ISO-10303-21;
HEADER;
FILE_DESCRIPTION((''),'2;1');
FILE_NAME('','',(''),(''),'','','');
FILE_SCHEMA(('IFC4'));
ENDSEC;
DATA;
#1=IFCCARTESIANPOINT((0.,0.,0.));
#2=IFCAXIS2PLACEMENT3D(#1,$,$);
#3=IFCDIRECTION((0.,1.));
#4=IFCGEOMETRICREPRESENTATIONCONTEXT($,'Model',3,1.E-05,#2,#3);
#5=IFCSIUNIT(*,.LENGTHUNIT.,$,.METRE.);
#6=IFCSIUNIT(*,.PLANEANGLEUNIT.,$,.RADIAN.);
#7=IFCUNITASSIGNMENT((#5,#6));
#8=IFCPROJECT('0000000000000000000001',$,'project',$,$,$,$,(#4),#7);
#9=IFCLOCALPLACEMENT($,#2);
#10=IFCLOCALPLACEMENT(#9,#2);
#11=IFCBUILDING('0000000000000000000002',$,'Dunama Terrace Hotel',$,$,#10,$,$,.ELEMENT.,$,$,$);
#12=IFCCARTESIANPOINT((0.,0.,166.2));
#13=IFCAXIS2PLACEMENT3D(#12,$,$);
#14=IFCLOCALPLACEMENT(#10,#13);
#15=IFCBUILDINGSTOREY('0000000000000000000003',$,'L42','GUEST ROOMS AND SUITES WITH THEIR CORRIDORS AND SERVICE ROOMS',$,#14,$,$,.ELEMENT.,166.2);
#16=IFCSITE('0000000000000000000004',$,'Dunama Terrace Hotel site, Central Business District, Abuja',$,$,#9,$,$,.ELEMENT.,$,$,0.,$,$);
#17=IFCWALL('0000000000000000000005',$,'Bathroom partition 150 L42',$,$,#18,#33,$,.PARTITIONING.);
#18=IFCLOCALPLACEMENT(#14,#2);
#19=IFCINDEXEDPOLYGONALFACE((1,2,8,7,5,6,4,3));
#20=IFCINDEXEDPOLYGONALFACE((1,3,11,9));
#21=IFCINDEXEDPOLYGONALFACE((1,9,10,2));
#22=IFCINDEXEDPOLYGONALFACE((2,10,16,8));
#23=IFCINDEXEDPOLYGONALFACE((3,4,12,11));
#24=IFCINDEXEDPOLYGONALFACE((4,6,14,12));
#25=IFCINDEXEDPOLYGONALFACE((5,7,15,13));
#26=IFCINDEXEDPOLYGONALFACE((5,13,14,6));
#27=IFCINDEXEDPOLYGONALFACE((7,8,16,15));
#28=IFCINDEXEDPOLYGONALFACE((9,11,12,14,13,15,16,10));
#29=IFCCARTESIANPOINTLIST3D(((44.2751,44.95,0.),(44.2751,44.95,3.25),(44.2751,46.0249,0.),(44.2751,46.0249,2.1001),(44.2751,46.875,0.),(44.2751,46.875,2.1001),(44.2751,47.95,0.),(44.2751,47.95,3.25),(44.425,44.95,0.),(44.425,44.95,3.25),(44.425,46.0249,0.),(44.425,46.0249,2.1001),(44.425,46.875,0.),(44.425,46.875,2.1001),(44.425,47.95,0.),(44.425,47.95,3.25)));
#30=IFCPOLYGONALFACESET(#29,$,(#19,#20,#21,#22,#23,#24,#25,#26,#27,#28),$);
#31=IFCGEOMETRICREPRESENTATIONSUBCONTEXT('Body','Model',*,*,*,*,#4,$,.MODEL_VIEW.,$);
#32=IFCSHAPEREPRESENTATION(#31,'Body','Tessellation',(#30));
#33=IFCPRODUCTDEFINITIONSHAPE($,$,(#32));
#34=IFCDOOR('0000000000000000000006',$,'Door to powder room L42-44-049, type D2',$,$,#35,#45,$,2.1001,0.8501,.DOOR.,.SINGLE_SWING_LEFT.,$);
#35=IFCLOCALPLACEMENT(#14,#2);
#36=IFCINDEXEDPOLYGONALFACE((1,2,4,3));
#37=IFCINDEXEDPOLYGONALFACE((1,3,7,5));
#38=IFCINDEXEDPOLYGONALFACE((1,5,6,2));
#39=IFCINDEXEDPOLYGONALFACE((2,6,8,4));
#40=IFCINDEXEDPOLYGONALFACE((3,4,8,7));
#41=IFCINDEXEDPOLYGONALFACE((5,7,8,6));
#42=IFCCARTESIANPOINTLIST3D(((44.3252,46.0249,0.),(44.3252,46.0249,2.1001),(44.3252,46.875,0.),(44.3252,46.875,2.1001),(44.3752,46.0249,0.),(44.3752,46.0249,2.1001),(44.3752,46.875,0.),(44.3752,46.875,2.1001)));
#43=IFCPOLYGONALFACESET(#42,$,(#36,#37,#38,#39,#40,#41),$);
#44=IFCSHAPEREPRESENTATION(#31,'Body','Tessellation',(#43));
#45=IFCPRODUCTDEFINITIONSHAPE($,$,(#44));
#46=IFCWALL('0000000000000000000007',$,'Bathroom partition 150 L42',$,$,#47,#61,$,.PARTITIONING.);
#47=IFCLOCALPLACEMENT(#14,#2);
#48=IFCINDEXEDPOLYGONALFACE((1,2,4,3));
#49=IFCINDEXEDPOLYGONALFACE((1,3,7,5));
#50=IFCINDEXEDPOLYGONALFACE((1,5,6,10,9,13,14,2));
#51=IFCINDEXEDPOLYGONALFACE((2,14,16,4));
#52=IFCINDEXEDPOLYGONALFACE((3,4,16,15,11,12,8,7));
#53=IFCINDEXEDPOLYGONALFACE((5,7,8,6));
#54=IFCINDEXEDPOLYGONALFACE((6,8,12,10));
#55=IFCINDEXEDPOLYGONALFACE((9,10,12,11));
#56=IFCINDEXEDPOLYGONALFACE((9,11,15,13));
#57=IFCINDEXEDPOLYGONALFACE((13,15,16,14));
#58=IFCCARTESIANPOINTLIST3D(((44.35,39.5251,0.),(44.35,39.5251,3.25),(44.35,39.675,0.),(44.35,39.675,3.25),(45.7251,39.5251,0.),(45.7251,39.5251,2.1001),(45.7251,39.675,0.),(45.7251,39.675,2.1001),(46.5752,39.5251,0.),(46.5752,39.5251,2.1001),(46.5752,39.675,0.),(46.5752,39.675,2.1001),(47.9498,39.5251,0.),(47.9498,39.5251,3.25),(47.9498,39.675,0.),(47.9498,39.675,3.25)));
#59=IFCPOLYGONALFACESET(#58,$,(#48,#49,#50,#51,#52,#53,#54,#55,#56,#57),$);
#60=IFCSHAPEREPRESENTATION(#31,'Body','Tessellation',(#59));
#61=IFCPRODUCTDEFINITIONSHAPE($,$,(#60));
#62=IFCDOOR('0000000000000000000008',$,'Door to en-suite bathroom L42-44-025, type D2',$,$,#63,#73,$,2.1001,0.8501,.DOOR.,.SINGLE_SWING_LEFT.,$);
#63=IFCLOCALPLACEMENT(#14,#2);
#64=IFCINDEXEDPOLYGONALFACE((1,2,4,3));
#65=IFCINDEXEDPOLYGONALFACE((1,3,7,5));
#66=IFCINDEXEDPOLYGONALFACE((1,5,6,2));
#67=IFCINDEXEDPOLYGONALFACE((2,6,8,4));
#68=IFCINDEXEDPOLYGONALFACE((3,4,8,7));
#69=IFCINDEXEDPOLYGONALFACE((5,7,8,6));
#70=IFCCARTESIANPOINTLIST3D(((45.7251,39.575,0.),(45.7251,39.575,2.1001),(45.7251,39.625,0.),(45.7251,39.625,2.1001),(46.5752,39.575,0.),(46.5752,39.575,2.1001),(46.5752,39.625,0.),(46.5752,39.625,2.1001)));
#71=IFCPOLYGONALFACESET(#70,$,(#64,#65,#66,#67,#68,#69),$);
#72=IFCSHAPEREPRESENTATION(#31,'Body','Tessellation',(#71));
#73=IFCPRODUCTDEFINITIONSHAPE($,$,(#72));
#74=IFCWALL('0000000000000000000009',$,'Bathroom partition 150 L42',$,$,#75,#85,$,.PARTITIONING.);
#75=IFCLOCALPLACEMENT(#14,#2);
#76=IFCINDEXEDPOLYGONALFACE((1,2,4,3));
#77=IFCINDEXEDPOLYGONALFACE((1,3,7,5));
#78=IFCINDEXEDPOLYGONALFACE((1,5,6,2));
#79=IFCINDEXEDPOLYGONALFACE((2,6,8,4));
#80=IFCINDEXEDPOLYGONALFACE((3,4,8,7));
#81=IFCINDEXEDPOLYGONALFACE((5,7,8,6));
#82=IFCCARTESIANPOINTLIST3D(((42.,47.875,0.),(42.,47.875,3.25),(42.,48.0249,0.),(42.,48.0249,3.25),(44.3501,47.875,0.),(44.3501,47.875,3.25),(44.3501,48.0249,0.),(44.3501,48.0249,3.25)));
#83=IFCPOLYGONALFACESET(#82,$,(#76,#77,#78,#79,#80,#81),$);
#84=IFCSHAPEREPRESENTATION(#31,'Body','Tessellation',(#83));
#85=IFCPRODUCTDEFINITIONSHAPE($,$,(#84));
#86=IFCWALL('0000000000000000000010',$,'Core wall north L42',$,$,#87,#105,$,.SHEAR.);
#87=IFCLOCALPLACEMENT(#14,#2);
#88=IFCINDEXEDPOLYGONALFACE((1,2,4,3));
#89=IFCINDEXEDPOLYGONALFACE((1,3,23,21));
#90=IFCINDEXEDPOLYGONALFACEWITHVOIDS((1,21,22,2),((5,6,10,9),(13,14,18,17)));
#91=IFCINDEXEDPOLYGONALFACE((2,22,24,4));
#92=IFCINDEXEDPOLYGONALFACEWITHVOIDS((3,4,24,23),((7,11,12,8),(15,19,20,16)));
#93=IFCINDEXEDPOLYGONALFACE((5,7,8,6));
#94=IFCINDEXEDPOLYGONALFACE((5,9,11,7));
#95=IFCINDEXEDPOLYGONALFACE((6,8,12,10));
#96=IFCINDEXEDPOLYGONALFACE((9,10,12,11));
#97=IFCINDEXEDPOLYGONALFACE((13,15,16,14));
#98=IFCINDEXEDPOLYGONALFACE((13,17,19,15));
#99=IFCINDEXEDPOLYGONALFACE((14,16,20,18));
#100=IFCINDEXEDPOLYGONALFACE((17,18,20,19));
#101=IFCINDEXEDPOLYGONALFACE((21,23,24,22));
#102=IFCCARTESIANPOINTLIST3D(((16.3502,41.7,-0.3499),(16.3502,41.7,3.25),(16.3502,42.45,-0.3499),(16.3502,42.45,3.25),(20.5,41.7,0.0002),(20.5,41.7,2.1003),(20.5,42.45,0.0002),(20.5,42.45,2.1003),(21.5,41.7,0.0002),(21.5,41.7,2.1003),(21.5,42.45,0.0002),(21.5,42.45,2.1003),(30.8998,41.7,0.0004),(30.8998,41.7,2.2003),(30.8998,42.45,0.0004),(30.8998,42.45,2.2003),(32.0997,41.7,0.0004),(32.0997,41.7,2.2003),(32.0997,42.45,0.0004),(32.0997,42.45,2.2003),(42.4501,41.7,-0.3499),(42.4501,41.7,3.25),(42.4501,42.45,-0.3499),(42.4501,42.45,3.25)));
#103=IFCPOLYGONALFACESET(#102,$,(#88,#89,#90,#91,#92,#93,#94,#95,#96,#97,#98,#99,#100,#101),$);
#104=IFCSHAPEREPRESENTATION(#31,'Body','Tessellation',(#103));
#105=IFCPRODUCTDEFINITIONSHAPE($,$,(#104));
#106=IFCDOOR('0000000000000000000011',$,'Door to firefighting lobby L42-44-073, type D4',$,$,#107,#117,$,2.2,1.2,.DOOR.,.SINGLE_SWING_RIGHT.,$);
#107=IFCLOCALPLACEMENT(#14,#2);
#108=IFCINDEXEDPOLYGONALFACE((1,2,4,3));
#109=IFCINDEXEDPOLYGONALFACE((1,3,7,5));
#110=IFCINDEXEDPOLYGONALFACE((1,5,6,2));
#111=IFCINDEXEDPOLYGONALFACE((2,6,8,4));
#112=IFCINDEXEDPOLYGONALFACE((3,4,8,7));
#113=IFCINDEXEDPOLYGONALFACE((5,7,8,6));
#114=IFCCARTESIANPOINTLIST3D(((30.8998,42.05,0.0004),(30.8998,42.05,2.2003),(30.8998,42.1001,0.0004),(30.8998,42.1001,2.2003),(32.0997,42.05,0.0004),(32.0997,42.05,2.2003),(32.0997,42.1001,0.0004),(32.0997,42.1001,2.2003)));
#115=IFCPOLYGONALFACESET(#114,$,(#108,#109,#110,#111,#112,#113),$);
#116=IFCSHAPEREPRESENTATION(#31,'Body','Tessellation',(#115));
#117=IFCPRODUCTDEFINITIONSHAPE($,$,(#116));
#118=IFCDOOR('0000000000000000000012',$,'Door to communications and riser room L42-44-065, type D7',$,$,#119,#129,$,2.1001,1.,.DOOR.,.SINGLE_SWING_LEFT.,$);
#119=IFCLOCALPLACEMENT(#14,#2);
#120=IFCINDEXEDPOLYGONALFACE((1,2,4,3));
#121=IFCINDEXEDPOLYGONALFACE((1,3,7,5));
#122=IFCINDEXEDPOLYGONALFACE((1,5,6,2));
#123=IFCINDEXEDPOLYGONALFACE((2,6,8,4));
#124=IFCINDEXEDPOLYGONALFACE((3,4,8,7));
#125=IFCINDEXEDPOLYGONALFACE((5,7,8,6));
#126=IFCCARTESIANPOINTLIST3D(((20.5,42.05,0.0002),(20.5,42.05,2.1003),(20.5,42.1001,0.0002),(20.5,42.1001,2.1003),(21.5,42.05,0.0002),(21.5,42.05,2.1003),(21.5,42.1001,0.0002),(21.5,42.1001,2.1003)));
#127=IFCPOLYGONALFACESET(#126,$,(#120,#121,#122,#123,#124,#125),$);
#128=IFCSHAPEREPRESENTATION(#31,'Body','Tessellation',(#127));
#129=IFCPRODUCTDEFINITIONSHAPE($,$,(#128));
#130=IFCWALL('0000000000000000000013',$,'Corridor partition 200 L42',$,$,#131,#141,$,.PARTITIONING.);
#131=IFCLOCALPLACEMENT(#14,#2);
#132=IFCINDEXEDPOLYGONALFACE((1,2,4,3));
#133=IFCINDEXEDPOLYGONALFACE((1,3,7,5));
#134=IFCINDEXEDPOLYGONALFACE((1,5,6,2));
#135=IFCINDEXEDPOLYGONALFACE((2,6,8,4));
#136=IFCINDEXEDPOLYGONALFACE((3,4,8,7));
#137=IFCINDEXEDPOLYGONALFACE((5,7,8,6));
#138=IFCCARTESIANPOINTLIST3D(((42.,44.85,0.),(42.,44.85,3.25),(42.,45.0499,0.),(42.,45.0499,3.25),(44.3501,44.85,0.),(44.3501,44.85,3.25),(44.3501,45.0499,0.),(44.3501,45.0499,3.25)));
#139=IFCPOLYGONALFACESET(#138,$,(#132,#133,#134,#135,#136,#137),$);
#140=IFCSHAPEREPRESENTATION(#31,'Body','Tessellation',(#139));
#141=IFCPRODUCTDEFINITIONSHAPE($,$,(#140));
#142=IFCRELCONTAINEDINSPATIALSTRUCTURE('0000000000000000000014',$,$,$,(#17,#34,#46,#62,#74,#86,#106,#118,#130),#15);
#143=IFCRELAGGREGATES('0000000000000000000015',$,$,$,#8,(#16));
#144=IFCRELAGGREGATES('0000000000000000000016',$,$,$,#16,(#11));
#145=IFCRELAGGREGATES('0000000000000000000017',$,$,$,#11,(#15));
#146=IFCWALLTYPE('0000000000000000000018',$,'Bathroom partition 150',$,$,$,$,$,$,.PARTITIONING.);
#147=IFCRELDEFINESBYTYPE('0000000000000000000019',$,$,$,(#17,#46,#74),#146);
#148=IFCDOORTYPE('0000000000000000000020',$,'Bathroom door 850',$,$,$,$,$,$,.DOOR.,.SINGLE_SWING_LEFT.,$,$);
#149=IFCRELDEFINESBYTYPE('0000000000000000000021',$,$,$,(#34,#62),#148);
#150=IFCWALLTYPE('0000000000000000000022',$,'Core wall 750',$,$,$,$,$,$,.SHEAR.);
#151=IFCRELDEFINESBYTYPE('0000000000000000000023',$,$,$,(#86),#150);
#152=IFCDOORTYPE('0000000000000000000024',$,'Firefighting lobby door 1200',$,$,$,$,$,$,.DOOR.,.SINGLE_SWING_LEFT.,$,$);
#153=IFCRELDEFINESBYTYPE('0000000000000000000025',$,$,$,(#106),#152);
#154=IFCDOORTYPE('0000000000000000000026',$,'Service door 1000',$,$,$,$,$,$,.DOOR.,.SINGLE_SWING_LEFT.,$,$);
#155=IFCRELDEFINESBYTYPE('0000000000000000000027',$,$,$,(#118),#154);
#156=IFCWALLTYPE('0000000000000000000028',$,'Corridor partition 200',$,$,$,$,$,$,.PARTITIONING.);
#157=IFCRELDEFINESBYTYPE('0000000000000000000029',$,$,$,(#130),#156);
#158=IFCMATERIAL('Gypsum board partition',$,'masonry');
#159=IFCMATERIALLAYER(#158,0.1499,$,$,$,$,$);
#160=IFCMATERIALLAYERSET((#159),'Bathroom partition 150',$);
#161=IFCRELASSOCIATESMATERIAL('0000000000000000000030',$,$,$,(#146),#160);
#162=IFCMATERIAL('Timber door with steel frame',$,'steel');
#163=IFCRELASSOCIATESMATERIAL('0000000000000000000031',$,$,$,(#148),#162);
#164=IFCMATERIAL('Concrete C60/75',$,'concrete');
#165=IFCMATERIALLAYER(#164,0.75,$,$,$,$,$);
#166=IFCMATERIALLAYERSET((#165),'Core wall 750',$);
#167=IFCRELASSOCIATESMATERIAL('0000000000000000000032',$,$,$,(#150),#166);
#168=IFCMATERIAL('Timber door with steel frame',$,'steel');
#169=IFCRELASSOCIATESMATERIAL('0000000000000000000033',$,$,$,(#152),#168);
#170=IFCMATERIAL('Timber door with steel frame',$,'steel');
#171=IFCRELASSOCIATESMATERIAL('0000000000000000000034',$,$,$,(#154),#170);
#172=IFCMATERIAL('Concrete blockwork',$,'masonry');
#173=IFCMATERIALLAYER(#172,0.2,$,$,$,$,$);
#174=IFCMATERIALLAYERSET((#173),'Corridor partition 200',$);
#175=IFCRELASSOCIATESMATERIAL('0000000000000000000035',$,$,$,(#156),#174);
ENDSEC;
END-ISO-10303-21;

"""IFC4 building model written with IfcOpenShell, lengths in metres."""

from ifc_helpers import new_model, si_unit, direction, frame, frame_2d, origin, place, context, subcontext, project, spatial, rectangle, extrude, material, layer, layer_set, type_object, element, fill, save


model = new_model("IFC4")

# Units and contexts
model_context = context("Model", 3, precision=1e-05, world=origin(), true_north=direction((0.0, 1.0)))
body_context = subcontext(model_context, "Body", "Model", "MODEL_VIEW")
ifc_project = project(units=[si_unit("LENGTHUNIT", "METRE"), si_unit("PLANEANGLEUNIT", "RADIAN")], contexts=[model_context])

# Site, building, storey
site_placement = place(None, origin())
site = spatial("IfcSite", under=ifc_project, at=site_placement, Name="Dunama Terrace Hotel site, Central Business District, Abuja", CompositionType="ELEMENT", RefElevation=0.0)
building_placement = place(site_placement, origin())
building = spatial("IfcBuilding", under=site, at=building_placement, Name="Dunama Terrace Hotel", CompositionType="ELEMENT")
storey_placement = place(building_placement, frame((0.0, 0.0, 166.2)))
storey = spatial("IfcBuildingStorey", under=building, at=storey_placement, Name="L42", Description="GUEST ROOMS AND SUITES WITH THEIR CORRIDORS AND SERVICE ROOMS", CompositionType="ELEMENT", Elevation=166.2)

# Walls, openings, doors
ifc_material_1 = material(Name="Gypsum board partition", Category="masonry")
ifc_layer_1 = layer(ifc_material_1, 0.1499)
ifc_layer_set_1 = layer_set([ifc_layer_1], Name="Bathroom partition 150")
wall_type_1 = type_object("IfcWallType", Name="Bathroom partition 150", PredefinedType="PARTITIONING", material=ifc_layer_set_1)
wall_1_placement = place(storey_placement, frame((44.3501, 44.95, 0.0), z_axis=(0.0, 0.0, 1.0), x_axis=(0.0, 1.0, 0.0)))
wall_1 = element("IfcWall", 1, at=wall_1_placement, inside=storey, type_object=wall_type_1, Name="Bathroom partition 150 L42", PredefinedType="PARTITIONING", context=body_context, shape_type="SweptSolid", body=[
    extrude(rectangle(XDim=3.0, YDim=0.1499, at=frame_2d((1.5, 0.0))), origin(), (0.0, 0.0, 1.0), 3.25),
])
opening_1_placement = place(wall_1_placement, frame((1.075, 0.0, 0.0)))
opening_1 = element("IfcOpeningElement", 2, at=opening_1_placement, cuts=wall_1, PredefinedType="OPENING", context=body_context, shape_type="SweptSolid", body=[
    extrude(rectangle(XDim=0.8501, YDim=2.1001, at=frame_2d((0.425, 1.05))), frame((0.0, 0.085, 0.0), z_axis=(0.0, -1.0, 0.0), x_axis=(1.0, 0.0, 0.0)), (0.0, 0.0, 1.0), 0.1699),
])
ifc_material_2 = material(Name="Timber door with steel frame", Category="steel")
door_type_1 = type_object("IfcDoorType", Name="Bathroom door 850", OperationType="SINGLE_SWING_LEFT", PredefinedType="DOOR", material=ifc_material_2)
door_1_placement = place(opening_1_placement, origin())
door_1 = element("IfcDoor", 3, at=door_1_placement, inside=storey, type_object=door_type_1, Name="Door to powder room L42-44-049, type D2", OperationType="SINGLE_SWING_LEFT", OverallHeight=2.1001, OverallWidth=0.8501, PredefinedType="DOOR", context=body_context, shape_type="SweptSolid", body=[
    extrude(rectangle(XDim=0.8501, YDim=2.1001, at=frame_2d((0.425, 1.05))), frame((0.0, 0.0249, 0.0), z_axis=(0.0, -1.0, 0.0), x_axis=(1.0, 0.0, 0.0)), (0.0, 0.0, 1.0), 0.05),
])
fill(opening_1, door_1)
wall_2_placement = place(storey_placement, frame((44.3501, 39.6001, 0.0), z_axis=(0.0, 0.0, 1.0), x_axis=(1.0, 0.0, 0.0)))
wall_2 = element("IfcWall", 4, at=wall_2_placement, inside=storey, type_object=wall_type_1, Name="Bathroom partition 150 L42", PredefinedType="PARTITIONING", context=body_context, shape_type="SweptSolid", body=[
    extrude(rectangle(XDim=3.5999, YDim=0.1499, at=frame_2d((1.7998, 0.0))), origin(), (0.0, 0.0, 1.0), 3.25),
])
opening_2_placement = place(wall_2_placement, frame((1.375, 0.0, 0.0)))
opening_2 = element("IfcOpeningElement", 5, at=opening_2_placement, cuts=wall_2, PredefinedType="OPENING", context=body_context, shape_type="SweptSolid", body=[
    extrude(rectangle(XDim=0.8501, YDim=2.1001, at=frame_2d((0.425, 1.05))), frame((0.0, 0.085, 0.0), z_axis=(0.0, -1.0, 0.0), x_axis=(1.0, 0.0, 0.0)), (0.0, 0.0, 1.0), 0.1699),
])
door_2_placement = place(opening_2_placement, origin())
door_2 = element("IfcDoor", 6, at=door_2_placement, inside=storey, type_object=door_type_1, Name="Door to en-suite bathroom L42-44-025, type D2", OperationType="SINGLE_SWING_LEFT", OverallHeight=2.1001, OverallWidth=0.8501, PredefinedType="DOOR", context=body_context, shape_type="SweptSolid", body=[
    extrude(rectangle(XDim=0.8501, YDim=2.1001, at=frame_2d((0.425, 1.05))), frame((0.0, 0.0249, 0.0), z_axis=(0.0, -1.0, 0.0), x_axis=(1.0, 0.0, 0.0)), (0.0, 0.0, 1.0), 0.05),
])
fill(opening_2, door_2)

# Wall
wall_3_placement = place(storey_placement, frame((42.0, 47.95, 0.0), z_axis=(0.0, 0.0, 1.0), x_axis=(1.0, 0.0, 0.0)))
element("IfcWall", 7, at=wall_3_placement, inside=storey, type_object=wall_type_1, Name="Bathroom partition 150 L42", PredefinedType="PARTITIONING", context=body_context, shape_type="SweptSolid", body=[
    extrude(rectangle(XDim=2.3501, YDim=0.1499, at=frame_2d((1.175, 0.0))), origin(), (0.0, 0.0, 1.0), 3.25),
])

# Wall, openings, doors
ifc_material_3 = material(Name="Concrete C60/75", Category="concrete")
ifc_layer_2 = layer(ifc_material_3, 0.75)
ifc_layer_set_2 = layer_set([ifc_layer_2], Name="Core wall 750")
wall_type_2 = type_object("IfcWallType", Name="Core wall 750", PredefinedType="SHEAR", material=ifc_layer_set_2)
wall_4_placement = place(storey_placement, frame((42.45, 42.075, -0.3499), z_axis=(0.0, 0.0, 1.0), x_axis=(-1.0, 0.0, 0.0)))
wall_4 = element("IfcWall", 8, at=wall_4_placement, inside=storey, type_object=wall_type_2, Name="Core wall north L42", PredefinedType="SHEAR", context=body_context, shape_type="SweptSolid", body=[
    extrude(rectangle(XDim=26.0999, YDim=0.75, at=frame_2d((13.0498, 0.0))), origin(), (0.0, 0.0, 1.0), 3.5999),
])
opening_3_placement = place(wall_4_placement, frame((20.95, 0.0, 0.3501)))
opening_3 = element("IfcOpeningElement", 9, at=opening_3_placement, cuts=wall_4, PredefinedType="OPENING", context=body_context, shape_type="SweptSolid", body=[
    extrude(rectangle(XDim=1.0, YDim=2.1001, at=frame_2d((0.5, 1.05))), frame((0.0, 0.385, 0.0), z_axis=(0.0, -1.0, 0.0), x_axis=(1.0, 0.0, 0.0)), (0.0, 0.0, 1.0), 0.77),
])
opening_4_placement = place(wall_4_placement, frame((10.3501, 0.0, 0.3501)))
opening_4 = element("IfcOpeningElement", 10, at=opening_4_placement, cuts=wall_4, PredefinedType="OPENING", context=body_context, shape_type="SweptSolid", body=[
    extrude(rectangle(XDim=1.2, YDim=2.2, at=frame_2d((0.6001, 1.1001))), frame((0.0, 0.385, 0.0), z_axis=(0.0, -1.0, 0.0), x_axis=(1.0, 0.0, 0.0)), (0.0, 0.0, 1.0), 0.77),
])
ifc_material_4 = material(Name="Timber door with steel frame", Category="steel")
door_type_2 = type_object("IfcDoorType", Name="Firefighting lobby door 1200", OperationType="SINGLE_SWING_LEFT", PredefinedType="DOOR", material=ifc_material_4)
door_3_placement = place(opening_4_placement, origin())
door_3 = element("IfcDoor", 11, at=door_3_placement, inside=storey, type_object=door_type_2, Name="Door to firefighting lobby L42-44-073, type D4", OperationType="SINGLE_SWING_RIGHT", OverallHeight=2.2, OverallWidth=1.2, PredefinedType="DOOR", context=body_context, shape_type="SweptSolid", body=[
    extrude(rectangle(XDim=1.2, YDim=2.2, at=frame_2d((0.6001, 1.1001))), frame((0.0, 0.0249, 0.0), z_axis=(0.0, -1.0, 0.0), x_axis=(1.0, 0.0, 0.0)), (0.0, 0.0, 1.0), 0.05),
])
fill(opening_4, door_3)
ifc_material_5 = material(Name="Timber door with steel frame", Category="steel")
door_type_3 = type_object("IfcDoorType", Name="Service door 1000", OperationType="SINGLE_SWING_LEFT", PredefinedType="DOOR", material=ifc_material_5)
door_4_placement = place(opening_3_placement, origin())
door_4 = element("IfcDoor", 12, at=door_4_placement, inside=storey, type_object=door_type_3, Name="Door to communications and riser room L42-44-065, type D7", OperationType="SINGLE_SWING_LEFT", OverallHeight=2.1001, OverallWidth=1.0, PredefinedType="DOOR", context=body_context, shape_type="SweptSolid", body=[
    extrude(rectangle(XDim=1.0, YDim=2.1001, at=frame_2d((0.5, 1.05))), frame((0.0, 0.0249, 0.0), z_axis=(0.0, -1.0, 0.0), x_axis=(1.0, 0.0, 0.0)), (0.0, 0.0, 1.0), 0.05),
])
fill(opening_3, door_4)

# Wall
ifc_material_6 = material(Name="Concrete blockwork", Category="masonry")
ifc_layer_3 = layer(ifc_material_6, 0.2)
ifc_layer_set_3 = layer_set([ifc_layer_3], Name="Corridor partition 200")
wall_type_3 = type_object("IfcWallType", Name="Corridor partition 200", PredefinedType="PARTITIONING", material=ifc_layer_set_3)
wall_5_placement = place(storey_placement, frame((42.0, 44.95, 0.0), z_axis=(0.0, 0.0, 1.0), x_axis=(1.0, 0.0, 0.0)))
element("IfcWall", 13, at=wall_5_placement, inside=storey, type_object=wall_type_3, Name="Corridor partition 200 L42", PredefinedType="PARTITIONING", context=body_context, shape_type="SweptSolid", body=[
    extrude(rectangle(XDim=2.3501, YDim=0.2, at=frame_2d((1.175, 0.0))), origin(), (0.0, 0.0, 1.0), 3.25),
])

save(model, "model.ifc")
